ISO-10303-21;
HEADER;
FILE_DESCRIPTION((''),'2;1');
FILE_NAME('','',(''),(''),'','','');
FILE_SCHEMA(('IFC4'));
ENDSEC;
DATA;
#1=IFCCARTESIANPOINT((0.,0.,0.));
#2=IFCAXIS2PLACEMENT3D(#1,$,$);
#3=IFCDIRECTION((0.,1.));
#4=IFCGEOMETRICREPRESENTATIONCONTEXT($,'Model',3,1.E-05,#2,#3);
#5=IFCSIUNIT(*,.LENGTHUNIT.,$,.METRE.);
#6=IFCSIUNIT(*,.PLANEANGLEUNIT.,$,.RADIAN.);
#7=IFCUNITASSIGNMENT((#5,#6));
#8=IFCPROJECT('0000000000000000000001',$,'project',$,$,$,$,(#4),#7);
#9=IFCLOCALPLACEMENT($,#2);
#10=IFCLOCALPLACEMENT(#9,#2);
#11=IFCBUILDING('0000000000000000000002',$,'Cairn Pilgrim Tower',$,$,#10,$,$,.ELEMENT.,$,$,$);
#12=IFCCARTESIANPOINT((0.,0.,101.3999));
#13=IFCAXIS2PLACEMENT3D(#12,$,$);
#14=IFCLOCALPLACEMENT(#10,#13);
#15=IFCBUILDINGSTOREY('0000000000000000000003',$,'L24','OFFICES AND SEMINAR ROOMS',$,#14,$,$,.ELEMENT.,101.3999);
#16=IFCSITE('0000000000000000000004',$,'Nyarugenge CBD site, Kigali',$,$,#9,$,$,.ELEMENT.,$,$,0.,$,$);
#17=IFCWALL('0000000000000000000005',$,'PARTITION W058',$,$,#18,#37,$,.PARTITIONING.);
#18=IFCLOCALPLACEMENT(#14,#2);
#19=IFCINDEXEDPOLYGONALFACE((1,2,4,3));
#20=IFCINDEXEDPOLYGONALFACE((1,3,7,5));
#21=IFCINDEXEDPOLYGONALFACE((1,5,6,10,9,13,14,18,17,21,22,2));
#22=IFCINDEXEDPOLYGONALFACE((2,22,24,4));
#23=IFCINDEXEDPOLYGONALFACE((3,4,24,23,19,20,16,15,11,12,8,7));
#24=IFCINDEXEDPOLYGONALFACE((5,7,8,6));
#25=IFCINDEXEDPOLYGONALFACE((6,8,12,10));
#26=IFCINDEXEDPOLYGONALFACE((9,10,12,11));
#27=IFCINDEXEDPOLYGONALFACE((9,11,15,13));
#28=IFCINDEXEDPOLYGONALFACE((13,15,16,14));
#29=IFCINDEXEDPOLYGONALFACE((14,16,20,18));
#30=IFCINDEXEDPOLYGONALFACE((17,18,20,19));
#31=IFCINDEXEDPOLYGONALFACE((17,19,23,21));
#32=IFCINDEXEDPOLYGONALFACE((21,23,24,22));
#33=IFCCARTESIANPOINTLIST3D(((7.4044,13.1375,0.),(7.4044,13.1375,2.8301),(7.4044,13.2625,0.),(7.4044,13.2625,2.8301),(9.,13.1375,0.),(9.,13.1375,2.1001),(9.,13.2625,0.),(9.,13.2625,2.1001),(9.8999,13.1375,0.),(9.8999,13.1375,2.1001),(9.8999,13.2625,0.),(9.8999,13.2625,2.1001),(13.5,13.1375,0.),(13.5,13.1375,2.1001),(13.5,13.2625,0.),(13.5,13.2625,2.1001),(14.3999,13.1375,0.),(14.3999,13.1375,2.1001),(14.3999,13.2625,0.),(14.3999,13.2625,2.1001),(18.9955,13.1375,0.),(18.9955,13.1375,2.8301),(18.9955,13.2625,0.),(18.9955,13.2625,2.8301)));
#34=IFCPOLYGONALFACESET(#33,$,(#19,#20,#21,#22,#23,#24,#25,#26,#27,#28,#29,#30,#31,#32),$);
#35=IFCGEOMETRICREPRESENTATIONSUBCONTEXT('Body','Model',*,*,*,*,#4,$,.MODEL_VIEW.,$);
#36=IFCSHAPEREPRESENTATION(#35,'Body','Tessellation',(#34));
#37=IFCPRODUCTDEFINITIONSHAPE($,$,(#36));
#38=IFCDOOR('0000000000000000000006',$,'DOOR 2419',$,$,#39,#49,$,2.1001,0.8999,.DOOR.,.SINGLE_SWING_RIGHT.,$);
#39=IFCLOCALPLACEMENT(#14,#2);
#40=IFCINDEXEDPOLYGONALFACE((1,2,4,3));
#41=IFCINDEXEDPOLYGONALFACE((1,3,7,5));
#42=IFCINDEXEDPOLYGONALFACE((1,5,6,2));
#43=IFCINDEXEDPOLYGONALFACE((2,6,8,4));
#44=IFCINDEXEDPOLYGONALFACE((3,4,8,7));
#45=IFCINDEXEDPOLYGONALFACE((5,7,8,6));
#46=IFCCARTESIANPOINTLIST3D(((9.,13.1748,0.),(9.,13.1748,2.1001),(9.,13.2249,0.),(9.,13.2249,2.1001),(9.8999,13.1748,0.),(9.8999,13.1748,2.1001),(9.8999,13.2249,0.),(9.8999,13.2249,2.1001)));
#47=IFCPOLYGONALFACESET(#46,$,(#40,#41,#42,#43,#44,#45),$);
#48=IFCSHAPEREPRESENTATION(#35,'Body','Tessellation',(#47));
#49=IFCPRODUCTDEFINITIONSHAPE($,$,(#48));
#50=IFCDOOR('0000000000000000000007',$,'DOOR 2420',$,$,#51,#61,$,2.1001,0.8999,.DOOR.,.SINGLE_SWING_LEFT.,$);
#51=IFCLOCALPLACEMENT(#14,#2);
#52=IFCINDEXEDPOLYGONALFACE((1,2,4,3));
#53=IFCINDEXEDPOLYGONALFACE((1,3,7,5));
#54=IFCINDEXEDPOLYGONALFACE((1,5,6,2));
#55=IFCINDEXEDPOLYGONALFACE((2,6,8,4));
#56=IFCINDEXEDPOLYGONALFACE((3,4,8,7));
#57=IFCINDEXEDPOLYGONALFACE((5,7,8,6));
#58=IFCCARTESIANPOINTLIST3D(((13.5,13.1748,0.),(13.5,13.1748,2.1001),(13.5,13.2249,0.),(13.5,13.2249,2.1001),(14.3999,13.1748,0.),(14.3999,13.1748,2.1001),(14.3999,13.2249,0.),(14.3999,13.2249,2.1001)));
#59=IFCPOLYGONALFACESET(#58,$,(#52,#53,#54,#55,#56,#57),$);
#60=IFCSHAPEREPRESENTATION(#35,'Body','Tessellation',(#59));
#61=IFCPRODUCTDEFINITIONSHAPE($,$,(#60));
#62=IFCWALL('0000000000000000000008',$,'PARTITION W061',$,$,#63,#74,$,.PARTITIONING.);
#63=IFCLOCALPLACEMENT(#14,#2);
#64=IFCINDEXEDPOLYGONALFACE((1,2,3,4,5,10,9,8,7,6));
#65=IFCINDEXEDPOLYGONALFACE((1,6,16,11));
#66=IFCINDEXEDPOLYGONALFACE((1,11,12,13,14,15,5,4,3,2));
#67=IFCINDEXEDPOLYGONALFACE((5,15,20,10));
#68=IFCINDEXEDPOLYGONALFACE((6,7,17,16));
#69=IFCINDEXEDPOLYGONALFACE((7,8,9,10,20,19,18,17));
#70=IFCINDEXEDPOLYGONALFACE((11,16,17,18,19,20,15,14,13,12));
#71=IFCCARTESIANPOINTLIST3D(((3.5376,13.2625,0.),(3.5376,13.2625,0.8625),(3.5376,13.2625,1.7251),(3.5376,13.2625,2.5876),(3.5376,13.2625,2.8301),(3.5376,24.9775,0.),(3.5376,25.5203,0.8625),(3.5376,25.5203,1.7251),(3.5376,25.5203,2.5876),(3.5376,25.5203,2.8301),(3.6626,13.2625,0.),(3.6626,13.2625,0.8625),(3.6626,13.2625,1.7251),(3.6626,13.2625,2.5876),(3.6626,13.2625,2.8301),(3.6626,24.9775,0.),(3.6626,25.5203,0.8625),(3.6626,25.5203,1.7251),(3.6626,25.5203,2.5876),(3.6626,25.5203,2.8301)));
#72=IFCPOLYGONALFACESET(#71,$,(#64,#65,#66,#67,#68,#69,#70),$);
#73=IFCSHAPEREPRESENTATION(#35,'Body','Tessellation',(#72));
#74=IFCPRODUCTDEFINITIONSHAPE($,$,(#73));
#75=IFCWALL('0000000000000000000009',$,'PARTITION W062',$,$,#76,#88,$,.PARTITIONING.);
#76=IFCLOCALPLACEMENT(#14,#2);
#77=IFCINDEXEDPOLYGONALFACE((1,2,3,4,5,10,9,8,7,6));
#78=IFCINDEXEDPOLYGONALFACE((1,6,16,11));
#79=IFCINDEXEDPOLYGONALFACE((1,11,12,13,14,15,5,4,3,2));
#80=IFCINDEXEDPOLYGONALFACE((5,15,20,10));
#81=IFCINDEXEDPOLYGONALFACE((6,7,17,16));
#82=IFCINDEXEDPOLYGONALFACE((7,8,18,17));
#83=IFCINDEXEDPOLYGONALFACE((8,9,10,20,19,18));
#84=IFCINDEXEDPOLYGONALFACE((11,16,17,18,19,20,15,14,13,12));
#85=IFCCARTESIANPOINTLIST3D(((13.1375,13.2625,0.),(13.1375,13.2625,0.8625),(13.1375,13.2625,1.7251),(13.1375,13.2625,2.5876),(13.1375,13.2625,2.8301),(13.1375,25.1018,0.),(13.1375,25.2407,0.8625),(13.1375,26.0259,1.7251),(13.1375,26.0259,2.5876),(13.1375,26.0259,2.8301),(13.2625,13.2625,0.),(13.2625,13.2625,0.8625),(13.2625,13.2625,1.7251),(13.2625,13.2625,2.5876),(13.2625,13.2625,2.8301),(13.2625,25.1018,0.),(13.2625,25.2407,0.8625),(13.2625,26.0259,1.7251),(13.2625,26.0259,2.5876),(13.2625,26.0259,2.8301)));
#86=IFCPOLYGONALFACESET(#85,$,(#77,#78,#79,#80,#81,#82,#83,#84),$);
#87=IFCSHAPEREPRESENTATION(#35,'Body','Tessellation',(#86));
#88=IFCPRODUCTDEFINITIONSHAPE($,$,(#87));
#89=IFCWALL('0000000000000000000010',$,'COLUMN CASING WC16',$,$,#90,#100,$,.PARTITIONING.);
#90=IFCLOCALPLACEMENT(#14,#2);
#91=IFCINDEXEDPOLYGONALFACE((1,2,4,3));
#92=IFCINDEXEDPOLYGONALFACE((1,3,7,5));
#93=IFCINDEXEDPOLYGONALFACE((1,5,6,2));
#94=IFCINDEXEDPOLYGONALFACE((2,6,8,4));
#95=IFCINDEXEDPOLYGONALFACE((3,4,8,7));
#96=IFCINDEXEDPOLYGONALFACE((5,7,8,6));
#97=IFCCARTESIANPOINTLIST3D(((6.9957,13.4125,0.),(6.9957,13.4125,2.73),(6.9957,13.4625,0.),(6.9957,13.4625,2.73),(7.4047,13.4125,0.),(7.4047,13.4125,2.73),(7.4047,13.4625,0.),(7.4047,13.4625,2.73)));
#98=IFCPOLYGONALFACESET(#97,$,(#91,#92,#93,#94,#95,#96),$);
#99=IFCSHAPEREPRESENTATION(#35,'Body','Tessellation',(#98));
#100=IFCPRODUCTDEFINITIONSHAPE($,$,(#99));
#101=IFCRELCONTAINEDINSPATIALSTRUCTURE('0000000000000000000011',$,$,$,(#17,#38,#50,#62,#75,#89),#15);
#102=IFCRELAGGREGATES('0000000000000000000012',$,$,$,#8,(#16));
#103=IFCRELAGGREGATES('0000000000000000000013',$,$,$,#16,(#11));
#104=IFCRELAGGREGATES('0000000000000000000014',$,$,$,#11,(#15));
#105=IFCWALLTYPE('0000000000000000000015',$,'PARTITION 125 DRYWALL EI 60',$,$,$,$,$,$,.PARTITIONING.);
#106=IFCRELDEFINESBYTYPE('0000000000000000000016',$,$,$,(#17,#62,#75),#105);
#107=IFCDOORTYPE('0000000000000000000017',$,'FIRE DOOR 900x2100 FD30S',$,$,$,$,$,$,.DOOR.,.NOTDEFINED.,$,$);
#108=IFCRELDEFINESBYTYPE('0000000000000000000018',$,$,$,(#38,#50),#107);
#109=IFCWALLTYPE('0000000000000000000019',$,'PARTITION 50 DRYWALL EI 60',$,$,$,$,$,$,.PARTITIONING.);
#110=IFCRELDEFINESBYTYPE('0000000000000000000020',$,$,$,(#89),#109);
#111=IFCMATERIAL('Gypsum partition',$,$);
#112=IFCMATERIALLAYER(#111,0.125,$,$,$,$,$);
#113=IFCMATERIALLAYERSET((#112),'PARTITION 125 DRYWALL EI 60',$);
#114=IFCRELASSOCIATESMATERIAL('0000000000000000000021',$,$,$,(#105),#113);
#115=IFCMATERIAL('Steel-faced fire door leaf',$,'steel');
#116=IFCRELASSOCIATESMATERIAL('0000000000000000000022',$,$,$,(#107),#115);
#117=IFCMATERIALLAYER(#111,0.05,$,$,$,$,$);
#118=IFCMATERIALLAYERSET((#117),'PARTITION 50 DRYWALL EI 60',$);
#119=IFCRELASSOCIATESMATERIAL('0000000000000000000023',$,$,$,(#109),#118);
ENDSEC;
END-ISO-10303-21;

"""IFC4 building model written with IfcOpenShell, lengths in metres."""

from ifc_helpers import new_model, si_unit, direction, frame, frame_2d, origin, place, context, subcontext, project, spatial, polyline, rectangle, outline, extrude, material, layer, layer_set, type_object, element, fill, save


model = new_model("IFC4")

# Units and contexts
model_context = context("Model", 3, precision=1e-05, world=origin(), true_north=direction((0.0, 1.0)))
body_context = subcontext(model_context, "Body", "Model", "MODEL_VIEW")
ifc_project = project(units=[si_unit("LENGTHUNIT", "METRE"), si_unit("PLANEANGLEUNIT", "RADIAN")], contexts=[model_context])

# Site, building, storey
site_placement = place(None, origin())
site = spatial("IfcSite", under=ifc_project, at=site_placement, Name="Nyarugenge CBD site, Kigali", CompositionType="ELEMENT", RefElevation=0.0)
building_placement = place(site_placement, origin())
building = spatial("IfcBuilding", under=site, at=building_placement, Name="Cairn Pilgrim Tower", CompositionType="ELEMENT")
storey_placement = place(building_placement, frame((0.0, 0.0, 101.3999)))
storey = spatial("IfcBuildingStorey", under=building, at=storey_placement, Name="L24", Description="OFFICES AND SEMINAR ROOMS", CompositionType="ELEMENT", Elevation=101.3999)

# Wall, openings, doors
ifc_material_1 = material(Name="Gypsum partition")
ifc_layer_1 = layer(ifc_material_1, 0.125)
ifc_layer_set_1 = layer_set([ifc_layer_1], Name="PARTITION 125 DRYWALL EI 60")
wall_type_1 = type_object("IfcWallType", Name="PARTITION 125 DRYWALL EI 60", PredefinedType="PARTITIONING", material=ifc_layer_set_1)
wall_1_placement = place(storey_placement, frame((7.4045, 13.2, 0.0), z_axis=(0.0, 0.0, 1.0), x_axis=(1.0, 0.0, 0.0)))
wall_1 = element("IfcWall", 1, at=wall_1_placement, inside=storey, type_object=wall_type_1, Name="PARTITION W058", PredefinedType="PARTITIONING", context=body_context, shape_type="SweptSolid", body=[
    extrude(rectangle(XDim=11.5911, YDim=0.125, at=frame_2d((5.7954, 0.0))), origin(), (0.0, 0.0, 1.0), 2.8301),
])
opening_1_placement = place(wall_1_placement, frame((1.5955, 0.0, 0.0)))
opening_1 = element("IfcOpeningElement", 2, at=opening_1_placement, cuts=wall_1, PredefinedType="OPENING", context=body_context, shape_type="SweptSolid", body=[
    extrude(rectangle(XDim=0.8999, YDim=2.1001, at=frame_2d((0.45, 1.05))), frame((0.0, 0.0725, 0.0), z_axis=(0.0, -1.0, 0.0), x_axis=(1.0, 0.0, 0.0)), (0.0, 0.0, 1.0), 0.145),
])
opening_2_placement = place(wall_1_placement, frame((6.0955, 0.0, 0.0)))
opening_2 = element("IfcOpeningElement", 3, at=opening_2_placement, cuts=wall_1, PredefinedType="OPENING", context=body_context, shape_type="SweptSolid", body=[
    extrude(rectangle(XDim=0.8999, YDim=2.1001, at=frame_2d((0.45, 1.05))), frame((0.0, 0.0725, 0.0), z_axis=(0.0, -1.0, 0.0), x_axis=(1.0, 0.0, 0.0)), (0.0, 0.0, 1.0), 0.145),
])
ifc_material_2 = material(Name="Steel-faced fire door leaf", Category="steel")
door_type_1 = type_object("IfcDoorType", Name="FIRE DOOR 900x2100 FD30S", OperationType="NOTDEFINED", PredefinedType="DOOR", material=ifc_material_2)
door_1_placement = place(opening_1_placement, origin())
door_1 = element("IfcDoor", 4, at=door_1_placement, inside=storey, type_object=door_type_1, Name="DOOR 2419", OperationType="SINGLE_SWING_RIGHT", OverallHeight=2.1001, OverallWidth=0.8999, PredefinedType="DOOR", context=body_context, shape_type="SweptSolid", body=[
    extrude(rectangle(XDim=0.8999, YDim=2.1001, at=frame_2d((0.45, 1.05))), frame((0.0, 0.0249, 0.0), z_axis=(0.0, -1.0, 0.0), x_axis=(1.0, 0.0, 0.0)), (0.0, 0.0, 1.0), 0.05),
])
fill(opening_1, door_1)
door_2_placement = place(opening_2_placement, origin())
door_2 = element("IfcDoor", 5, at=door_2_placement, inside=storey, type_object=door_type_1, Name="DOOR 2420", OperationType="SINGLE_SWING_LEFT", OverallHeight=2.1001, OverallWidth=0.8999, PredefinedType="DOOR", context=body_context, shape_type="SweptSolid", body=[
    extrude(rectangle(XDim=0.8999, YDim=2.1001, at=frame_2d((0.45, 1.05))), frame((0.0, 0.0249, 0.0), z_axis=(0.0, -1.0, 0.0), x_axis=(1.0, 0.0, 0.0)), (0.0, 0.0, 1.0), 0.05),
])
fill(opening_2, door_2)

# Walls
wall_2_placement = place(storey_placement, frame((3.6001, 13.2625, 0.0), z_axis=(0.0, 0.0, 1.0), x_axis=(0.0, 1.0, 0.0)))
element("IfcWall", 6, at=wall_2_placement, inside=storey, type_object=wall_type_1, Name="PARTITION W061", PredefinedType="PARTITIONING", context=body_context, shape_type="SweptSolid", body=[
    extrude(outline(polyline([(0.0, 0.0), (11.7151, 0.0), (12.2578, 0.8625), (12.2578, 1.7251), (12.2578, 2.5876), (12.2578, 2.8301), (0.0, 2.8301), (0.0, 2.5876), (0.0, 1.7251), (0.0, 0.8625), (0.0, 0.0)])), frame((0.0, 0.0625, 0.0), z_axis=(0.0, -1.0, 0.0), x_axis=(1.0, 0.0, 0.0)), (0.0, 0.0, 1.0), 0.125),
])
wall_3_placement = place(storey_placement, frame((13.2, 13.2625, 0.0), z_axis=(0.0, 0.0, 1.0), x_axis=(0.0, 1.0, 0.0)))
element("IfcWall", 7, at=wall_3_placement, inside=storey, type_object=wall_type_1, Name="PARTITION W062", PredefinedType="PARTITIONING", context=body_context, shape_type="SweptSolid", body=[
    extrude(outline(polyline([(0.0, 0.0), (11.8394, 0.0), (11.9783, 0.8625), (12.7634, 1.7251), (12.7634, 2.5876), (12.7634, 2.8301), (0.0, 2.8301), (0.0, 2.5876), (0.0, 1.7251), (0.0, 0.8625), (0.0, 0.0)])), frame((0.0, 0.0625, 0.0), z_axis=(0.0, -1.0, 0.0), x_axis=(1.0, 0.0, 0.0)), (0.0, 0.0, 1.0), 0.125),
])
ifc_layer_2 = layer(ifc_material_1, 0.05)
ifc_layer_set_2 = layer_set([ifc_layer_2], Name="PARTITION 50 DRYWALL EI 60")
wall_type_2 = type_object("IfcWallType", Name="PARTITION 50 DRYWALL EI 60", PredefinedType="PARTITIONING", material=ifc_layer_set_2)
wall_4_placement = place(storey_placement, frame((6.9956, 13.4375, 0.0), z_axis=(0.0, 0.0, 1.0), x_axis=(1.0, 0.0, 0.0)))
element("IfcWall", 8, at=wall_4_placement, inside=storey, type_object=wall_type_2, Name="COLUMN CASING WC16", PredefinedType="PARTITIONING", context=body_context, shape_type="SweptSolid", body=[
    extrude(rectangle(XDim=0.4089, YDim=0.05, at=frame_2d((0.2046, 0.0))), origin(), (0.0, 0.0, 1.0), 2.73),
])

save(model, "model.ifc")
